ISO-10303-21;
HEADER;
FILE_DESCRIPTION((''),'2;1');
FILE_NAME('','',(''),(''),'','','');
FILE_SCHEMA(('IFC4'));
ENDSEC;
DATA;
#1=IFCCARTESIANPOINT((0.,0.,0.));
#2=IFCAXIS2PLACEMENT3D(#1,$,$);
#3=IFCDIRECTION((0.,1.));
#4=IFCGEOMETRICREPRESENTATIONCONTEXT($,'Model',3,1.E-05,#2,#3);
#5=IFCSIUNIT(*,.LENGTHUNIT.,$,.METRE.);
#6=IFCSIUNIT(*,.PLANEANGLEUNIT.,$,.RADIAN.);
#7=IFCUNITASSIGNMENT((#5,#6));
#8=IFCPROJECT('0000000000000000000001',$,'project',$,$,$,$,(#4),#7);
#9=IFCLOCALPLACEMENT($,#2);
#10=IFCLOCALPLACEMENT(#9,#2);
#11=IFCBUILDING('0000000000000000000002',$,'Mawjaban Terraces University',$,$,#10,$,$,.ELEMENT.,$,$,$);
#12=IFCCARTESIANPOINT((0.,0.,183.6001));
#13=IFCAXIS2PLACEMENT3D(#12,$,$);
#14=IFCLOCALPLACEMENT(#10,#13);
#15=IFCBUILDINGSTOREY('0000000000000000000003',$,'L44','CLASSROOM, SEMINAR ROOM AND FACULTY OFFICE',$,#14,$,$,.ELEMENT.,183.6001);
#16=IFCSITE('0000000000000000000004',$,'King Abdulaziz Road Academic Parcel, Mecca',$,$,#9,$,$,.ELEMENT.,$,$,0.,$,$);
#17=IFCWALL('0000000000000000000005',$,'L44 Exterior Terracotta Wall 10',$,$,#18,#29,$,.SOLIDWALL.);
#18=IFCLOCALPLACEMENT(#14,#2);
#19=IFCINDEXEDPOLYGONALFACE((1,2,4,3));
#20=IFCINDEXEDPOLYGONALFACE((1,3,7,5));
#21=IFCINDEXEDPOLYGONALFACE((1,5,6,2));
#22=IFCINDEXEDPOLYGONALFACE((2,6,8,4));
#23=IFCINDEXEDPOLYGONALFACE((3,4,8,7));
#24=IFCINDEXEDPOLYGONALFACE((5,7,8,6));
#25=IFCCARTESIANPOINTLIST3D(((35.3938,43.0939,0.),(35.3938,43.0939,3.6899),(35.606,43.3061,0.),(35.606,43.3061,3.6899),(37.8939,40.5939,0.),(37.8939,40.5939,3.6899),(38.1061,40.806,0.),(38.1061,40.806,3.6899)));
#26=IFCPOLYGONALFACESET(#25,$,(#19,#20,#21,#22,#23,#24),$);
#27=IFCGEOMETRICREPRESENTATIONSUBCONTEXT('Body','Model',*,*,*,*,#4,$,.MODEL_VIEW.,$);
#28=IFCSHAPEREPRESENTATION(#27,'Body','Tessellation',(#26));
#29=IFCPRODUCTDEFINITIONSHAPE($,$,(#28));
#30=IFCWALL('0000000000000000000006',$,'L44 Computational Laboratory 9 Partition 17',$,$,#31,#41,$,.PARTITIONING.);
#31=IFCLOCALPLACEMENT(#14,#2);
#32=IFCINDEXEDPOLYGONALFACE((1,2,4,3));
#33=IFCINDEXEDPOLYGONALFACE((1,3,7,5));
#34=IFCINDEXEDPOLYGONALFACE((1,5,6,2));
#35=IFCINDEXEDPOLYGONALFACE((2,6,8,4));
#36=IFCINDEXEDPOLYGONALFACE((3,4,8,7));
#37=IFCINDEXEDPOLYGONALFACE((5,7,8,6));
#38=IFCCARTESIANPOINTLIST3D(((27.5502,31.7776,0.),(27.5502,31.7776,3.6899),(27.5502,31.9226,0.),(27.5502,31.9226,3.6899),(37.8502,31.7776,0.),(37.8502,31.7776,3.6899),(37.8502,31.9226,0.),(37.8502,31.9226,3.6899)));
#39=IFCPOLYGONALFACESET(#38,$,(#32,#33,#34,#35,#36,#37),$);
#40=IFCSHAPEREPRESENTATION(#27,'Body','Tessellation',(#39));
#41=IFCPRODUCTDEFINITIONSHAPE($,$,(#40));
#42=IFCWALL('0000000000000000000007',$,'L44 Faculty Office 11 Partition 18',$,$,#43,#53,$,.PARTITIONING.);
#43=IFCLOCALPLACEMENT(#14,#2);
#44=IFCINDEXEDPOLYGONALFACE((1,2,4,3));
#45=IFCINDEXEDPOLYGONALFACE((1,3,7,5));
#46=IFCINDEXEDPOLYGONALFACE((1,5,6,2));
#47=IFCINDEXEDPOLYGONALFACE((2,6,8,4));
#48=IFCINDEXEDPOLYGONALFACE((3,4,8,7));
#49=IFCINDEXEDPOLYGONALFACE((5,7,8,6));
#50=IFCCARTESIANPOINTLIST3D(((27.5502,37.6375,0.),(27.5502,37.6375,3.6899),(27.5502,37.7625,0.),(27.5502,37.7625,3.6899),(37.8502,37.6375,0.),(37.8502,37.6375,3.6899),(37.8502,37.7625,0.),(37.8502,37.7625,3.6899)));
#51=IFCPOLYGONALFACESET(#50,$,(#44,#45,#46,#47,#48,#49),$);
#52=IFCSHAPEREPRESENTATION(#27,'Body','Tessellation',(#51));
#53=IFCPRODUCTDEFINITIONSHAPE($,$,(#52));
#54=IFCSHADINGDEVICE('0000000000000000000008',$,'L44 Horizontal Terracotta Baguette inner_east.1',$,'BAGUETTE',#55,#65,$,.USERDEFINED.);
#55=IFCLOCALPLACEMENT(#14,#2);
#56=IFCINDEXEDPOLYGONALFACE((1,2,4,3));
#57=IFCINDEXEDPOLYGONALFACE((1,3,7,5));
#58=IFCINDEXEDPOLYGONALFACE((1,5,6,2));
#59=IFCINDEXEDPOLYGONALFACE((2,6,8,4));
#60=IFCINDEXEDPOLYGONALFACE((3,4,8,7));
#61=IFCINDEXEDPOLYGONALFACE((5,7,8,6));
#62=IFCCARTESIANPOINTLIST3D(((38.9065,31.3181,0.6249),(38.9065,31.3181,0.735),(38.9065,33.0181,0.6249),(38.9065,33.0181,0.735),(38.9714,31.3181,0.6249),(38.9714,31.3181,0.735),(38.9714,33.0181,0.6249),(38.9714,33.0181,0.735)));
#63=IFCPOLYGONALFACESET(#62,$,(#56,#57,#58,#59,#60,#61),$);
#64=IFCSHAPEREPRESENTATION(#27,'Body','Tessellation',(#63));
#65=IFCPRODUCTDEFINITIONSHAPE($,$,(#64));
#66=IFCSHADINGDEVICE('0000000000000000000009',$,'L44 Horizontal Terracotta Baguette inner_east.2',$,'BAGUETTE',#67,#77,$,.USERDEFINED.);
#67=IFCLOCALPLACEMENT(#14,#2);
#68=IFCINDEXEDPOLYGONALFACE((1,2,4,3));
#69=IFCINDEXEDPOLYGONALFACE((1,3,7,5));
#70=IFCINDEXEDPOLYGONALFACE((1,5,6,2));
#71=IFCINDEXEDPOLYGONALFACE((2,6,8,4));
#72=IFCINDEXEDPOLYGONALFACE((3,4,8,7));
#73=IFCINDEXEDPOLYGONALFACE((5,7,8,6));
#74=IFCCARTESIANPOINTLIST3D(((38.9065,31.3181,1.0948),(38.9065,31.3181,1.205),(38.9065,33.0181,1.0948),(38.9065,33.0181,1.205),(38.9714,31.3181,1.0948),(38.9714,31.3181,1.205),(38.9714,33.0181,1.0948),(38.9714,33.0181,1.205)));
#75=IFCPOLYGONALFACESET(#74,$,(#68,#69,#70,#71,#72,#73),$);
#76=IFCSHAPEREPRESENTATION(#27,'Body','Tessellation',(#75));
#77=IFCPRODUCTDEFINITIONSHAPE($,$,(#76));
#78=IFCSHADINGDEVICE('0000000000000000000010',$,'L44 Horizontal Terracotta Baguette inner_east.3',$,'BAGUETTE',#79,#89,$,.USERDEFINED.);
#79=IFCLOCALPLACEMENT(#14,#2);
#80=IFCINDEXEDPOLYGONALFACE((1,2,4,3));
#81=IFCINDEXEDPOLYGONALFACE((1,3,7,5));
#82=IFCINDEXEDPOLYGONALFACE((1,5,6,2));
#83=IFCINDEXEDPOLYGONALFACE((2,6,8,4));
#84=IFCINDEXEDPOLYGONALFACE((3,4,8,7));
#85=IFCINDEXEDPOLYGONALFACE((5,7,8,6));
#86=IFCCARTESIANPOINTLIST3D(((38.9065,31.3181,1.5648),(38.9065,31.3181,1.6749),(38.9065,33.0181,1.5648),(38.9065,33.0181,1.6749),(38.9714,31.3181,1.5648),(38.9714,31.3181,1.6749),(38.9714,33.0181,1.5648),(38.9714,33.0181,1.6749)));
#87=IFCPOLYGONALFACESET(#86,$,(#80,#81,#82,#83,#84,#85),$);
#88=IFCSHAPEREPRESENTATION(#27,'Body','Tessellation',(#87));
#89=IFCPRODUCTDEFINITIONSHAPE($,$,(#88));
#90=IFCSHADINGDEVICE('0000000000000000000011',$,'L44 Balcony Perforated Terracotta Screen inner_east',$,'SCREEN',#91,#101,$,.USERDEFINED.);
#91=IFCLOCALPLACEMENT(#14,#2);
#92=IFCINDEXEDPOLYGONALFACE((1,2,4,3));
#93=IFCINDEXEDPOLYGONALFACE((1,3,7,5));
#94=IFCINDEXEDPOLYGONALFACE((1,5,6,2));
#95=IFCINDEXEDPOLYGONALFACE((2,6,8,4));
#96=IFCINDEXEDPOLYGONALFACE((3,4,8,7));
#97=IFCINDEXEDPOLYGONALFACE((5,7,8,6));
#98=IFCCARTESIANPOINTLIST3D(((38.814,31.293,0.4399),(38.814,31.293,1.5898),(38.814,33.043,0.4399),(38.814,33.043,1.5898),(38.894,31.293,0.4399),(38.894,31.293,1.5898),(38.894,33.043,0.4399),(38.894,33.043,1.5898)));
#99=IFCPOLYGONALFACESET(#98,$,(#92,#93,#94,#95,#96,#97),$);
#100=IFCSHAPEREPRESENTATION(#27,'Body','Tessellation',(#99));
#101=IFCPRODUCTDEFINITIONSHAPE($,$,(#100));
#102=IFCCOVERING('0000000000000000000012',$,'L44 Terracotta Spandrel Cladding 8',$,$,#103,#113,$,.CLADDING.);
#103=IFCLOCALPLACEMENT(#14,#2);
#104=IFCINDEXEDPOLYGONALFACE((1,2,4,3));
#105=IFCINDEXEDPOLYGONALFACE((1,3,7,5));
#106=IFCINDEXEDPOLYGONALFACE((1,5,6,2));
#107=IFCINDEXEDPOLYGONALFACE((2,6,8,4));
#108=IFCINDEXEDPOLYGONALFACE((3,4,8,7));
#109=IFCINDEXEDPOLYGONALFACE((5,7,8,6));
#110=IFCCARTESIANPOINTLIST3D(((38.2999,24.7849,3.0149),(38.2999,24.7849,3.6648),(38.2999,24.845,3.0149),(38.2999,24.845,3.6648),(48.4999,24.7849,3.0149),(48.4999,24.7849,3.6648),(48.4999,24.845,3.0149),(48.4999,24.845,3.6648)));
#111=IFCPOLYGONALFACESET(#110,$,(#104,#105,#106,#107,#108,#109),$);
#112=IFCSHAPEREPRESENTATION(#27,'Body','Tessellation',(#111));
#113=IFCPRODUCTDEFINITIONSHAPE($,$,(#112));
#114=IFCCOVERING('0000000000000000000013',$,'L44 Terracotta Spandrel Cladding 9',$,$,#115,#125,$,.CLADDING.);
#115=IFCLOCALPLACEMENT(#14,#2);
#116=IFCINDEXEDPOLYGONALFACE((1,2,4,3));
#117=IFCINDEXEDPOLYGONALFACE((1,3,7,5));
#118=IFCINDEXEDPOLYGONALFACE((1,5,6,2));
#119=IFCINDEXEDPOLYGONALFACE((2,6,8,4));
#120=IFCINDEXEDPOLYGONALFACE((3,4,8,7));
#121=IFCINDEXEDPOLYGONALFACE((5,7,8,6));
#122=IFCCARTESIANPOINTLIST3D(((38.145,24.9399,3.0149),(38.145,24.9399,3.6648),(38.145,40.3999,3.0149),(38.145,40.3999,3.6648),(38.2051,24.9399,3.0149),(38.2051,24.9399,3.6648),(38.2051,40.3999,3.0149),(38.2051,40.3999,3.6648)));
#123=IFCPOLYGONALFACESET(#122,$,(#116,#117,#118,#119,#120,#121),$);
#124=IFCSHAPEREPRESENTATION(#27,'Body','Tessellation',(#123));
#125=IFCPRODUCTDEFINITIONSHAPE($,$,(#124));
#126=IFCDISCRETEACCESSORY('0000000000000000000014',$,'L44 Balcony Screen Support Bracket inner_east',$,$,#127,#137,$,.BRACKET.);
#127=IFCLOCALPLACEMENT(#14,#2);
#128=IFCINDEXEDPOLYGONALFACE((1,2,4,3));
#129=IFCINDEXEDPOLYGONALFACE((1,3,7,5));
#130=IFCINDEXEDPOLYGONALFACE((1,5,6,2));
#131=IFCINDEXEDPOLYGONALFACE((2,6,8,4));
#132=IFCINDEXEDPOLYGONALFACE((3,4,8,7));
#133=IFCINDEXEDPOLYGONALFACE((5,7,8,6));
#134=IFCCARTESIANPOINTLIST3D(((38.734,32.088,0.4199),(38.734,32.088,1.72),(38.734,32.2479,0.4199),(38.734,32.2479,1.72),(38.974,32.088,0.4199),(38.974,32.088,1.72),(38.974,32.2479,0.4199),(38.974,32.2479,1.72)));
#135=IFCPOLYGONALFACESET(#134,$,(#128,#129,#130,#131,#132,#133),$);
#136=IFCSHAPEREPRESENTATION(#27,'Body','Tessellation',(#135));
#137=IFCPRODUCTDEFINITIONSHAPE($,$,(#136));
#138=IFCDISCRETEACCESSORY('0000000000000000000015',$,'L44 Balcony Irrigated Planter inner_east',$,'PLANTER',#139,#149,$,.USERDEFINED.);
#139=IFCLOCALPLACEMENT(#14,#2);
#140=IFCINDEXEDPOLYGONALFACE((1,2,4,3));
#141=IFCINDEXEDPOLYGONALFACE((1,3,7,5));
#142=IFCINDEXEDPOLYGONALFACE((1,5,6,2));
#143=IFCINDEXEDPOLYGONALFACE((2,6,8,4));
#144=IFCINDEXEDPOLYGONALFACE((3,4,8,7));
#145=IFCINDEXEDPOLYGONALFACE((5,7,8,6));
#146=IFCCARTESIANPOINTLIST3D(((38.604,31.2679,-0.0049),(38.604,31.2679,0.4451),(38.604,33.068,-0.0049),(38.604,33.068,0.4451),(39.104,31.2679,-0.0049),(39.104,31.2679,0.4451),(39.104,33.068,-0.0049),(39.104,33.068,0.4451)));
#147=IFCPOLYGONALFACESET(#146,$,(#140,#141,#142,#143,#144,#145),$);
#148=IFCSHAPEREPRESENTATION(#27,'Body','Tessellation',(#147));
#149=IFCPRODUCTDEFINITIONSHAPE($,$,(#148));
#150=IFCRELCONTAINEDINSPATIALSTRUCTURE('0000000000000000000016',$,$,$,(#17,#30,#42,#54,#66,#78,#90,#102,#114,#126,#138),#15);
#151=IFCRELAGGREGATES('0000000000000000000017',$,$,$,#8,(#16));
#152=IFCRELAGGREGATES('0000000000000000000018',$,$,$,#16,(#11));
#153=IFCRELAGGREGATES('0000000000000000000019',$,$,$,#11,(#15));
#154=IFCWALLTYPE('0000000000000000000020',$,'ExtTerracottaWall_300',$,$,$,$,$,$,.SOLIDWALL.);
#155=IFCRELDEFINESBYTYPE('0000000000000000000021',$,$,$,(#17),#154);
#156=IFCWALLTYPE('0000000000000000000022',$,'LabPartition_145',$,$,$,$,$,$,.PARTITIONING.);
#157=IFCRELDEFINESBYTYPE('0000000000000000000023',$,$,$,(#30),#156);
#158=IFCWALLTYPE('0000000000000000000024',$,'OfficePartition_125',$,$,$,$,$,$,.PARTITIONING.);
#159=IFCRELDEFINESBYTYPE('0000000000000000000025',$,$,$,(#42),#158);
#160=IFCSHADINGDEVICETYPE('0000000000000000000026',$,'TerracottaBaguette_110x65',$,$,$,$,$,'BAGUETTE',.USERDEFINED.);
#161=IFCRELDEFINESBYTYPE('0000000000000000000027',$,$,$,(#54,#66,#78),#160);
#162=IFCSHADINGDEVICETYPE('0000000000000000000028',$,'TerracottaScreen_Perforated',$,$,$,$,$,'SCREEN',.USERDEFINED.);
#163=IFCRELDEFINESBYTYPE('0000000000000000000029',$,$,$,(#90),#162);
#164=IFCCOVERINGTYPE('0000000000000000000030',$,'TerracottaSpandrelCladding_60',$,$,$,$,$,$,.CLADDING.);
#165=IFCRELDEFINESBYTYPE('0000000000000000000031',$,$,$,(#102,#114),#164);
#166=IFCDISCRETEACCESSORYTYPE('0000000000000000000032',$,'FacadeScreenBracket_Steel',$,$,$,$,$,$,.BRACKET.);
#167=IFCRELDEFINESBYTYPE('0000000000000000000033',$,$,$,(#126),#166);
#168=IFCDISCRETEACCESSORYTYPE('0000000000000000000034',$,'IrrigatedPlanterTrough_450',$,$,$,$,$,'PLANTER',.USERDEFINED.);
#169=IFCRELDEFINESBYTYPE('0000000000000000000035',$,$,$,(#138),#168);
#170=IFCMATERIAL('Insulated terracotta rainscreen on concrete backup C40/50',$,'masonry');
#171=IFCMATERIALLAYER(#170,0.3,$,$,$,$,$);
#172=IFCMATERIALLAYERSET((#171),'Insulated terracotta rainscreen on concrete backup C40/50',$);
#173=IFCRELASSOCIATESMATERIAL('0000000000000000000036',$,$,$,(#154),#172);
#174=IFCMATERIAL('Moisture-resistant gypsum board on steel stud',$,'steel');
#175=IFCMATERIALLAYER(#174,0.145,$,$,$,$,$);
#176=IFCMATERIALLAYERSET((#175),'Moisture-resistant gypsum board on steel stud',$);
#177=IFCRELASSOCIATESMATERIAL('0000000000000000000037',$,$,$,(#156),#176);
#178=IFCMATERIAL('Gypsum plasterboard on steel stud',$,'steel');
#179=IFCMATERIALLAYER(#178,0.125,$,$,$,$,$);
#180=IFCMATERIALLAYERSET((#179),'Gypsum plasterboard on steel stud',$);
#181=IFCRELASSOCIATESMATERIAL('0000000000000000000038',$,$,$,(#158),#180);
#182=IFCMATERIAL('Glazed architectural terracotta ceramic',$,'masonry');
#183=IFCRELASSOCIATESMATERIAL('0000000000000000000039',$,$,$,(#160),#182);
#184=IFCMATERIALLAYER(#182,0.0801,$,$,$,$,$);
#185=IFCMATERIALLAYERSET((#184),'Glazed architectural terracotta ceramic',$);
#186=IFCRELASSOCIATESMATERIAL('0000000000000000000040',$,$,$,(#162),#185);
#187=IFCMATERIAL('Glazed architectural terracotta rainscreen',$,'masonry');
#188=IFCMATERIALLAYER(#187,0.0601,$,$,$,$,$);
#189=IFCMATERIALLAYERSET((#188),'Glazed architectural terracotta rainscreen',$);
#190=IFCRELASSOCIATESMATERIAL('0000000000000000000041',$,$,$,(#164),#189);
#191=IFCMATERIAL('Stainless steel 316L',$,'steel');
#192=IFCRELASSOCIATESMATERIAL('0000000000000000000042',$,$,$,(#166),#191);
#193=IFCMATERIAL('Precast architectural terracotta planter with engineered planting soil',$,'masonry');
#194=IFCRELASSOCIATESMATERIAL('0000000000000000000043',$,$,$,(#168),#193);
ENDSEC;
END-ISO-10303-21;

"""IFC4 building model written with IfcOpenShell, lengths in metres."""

from ifc_helpers import new_model, si_unit, direction, frame, frame_2d, origin, origin_2d, place, context, subcontext, project, spatial, rectangle, extrude, material, layer, layer_set, material_profile, profile_set, type_object, element, save


model = new_model("IFC4")

# Units and contexts
model_context = context("Model", 3, precision=1e-05, world=origin(), true_north=direction((0.0, 1.0)))
body_context = subcontext(model_context, "Body", "Model", "MODEL_VIEW")
ifc_project = project(units=[si_unit("LENGTHUNIT", "METRE"), si_unit("PLANEANGLEUNIT", "RADIAN")], contexts=[model_context])

# Site, building, storey
site_placement = place(None, origin())
site = spatial("IfcSite", under=ifc_project, at=site_placement, Name="King Abdulaziz Road Academic Parcel, Mecca", CompositionType="ELEMENT", RefElevation=0.0)
building_placement = place(site_placement, origin())
building = spatial("IfcBuilding", under=site, at=building_placement, Name="Mawjaban Terraces University", CompositionType="ELEMENT")
storey_placement = place(building_placement, frame((0.0, 0.0, 183.6001)))
storey = spatial("IfcBuildingStorey", under=building, at=storey_placement, Name="L44", Description="CLASSROOM, SEMINAR ROOM AND FACULTY OFFICE", CompositionType="ELEMENT", Elevation=183.6001)

# Shared definitions
ifc_material_1 = material(Name="Insulated terracotta rainscreen on concrete backup C40/50", Category="masonry")
ifc_layer_1 = layer(ifc_material_1, 0.3)
ifc_layer_set_1 = layer_set([ifc_layer_1], Name="Insulated terracotta rainscreen on concrete backup C40/50")
wall_type_1 = type_object("IfcWallType", Name="ExtTerracottaWall_300", PredefinedType="SOLIDWALL", material=ifc_layer_set_1)

# Walls
wall_1_placement = place(storey_placement, frame((38.0, 40.7, 0.0), z_axis=(0.0, 0.0, 1.0), x_axis=(-0.707107, 0.707107, 0.0)))
element("IfcWall", 1, at=wall_1_placement, inside=storey, type_object=wall_type_1, Name="L44 Exterior Terracotta Wall 10", PredefinedType="SOLIDWALL", context=body_context, shape_type="SweptSolid", body=[
    extrude(rectangle(XDim=3.5356, YDim=0.3, at=frame_2d((1.7678, 0.0))), origin(), (0.0, 0.0, 1.0), 3.6899),
])
ifc_material_2 = material(Name="Moisture-resistant gypsum board on steel stud", Category="steel")
ifc_layer_2 = layer(ifc_material_2, 0.145)
ifc_layer_set_2 = layer_set([ifc_layer_2], Name="Moisture-resistant gypsum board on steel stud")
wall_type_2 = type_object("IfcWallType", Name="LabPartition_145", PredefinedType="PARTITIONING", material=ifc_layer_set_2)
wall_2_placement = place(storey_placement, frame((37.8501, 31.8501, 0.0), z_axis=(0.0, 0.0, 1.0), x_axis=(-1.0, 0.0, 0.0)))
element("IfcWall", 2, at=wall_2_placement, inside=storey, type_object=wall_type_2, Name="L44 Computational Laboratory 9 Partition 17", PredefinedType="PARTITIONING", context=body_context, shape_type="SweptSolid", body=[
    extrude(rectangle(XDim=10.3, YDim=0.145, at=frame_2d((5.1499, 0.0))), origin(), (0.0, 0.0, 1.0), 3.6899),
])
ifc_material_3 = material(Name="Gypsum plasterboard on steel stud", Category="steel")
ifc_layer_3 = layer(ifc_material_3, 0.125)
ifc_layer_set_3 = layer_set([ifc_layer_3], Name="Gypsum plasterboard on steel stud")
wall_type_3 = type_object("IfcWallType", Name="OfficePartition_125", PredefinedType="PARTITIONING", material=ifc_layer_set_3)
wall_3_placement = place(storey_placement, frame((37.8501, 37.7, 0.0), z_axis=(0.0, 0.0, 1.0), x_axis=(-1.0, 0.0, 0.0)))
element("IfcWall", 3, at=wall_3_placement, inside=storey, type_object=wall_type_3, Name="L44 Faculty Office 11 Partition 18", PredefinedType="PARTITIONING", context=body_context, shape_type="SweptSolid", body=[
    extrude(rectangle(XDim=10.3, YDim=0.125, at=frame_2d((5.1499, 0.0))), origin(), (0.0, 0.0, 1.0), 3.6899),
])

# Shading devices
ifc_material_4 = material(Name="Glazed architectural terracotta ceramic", Category="masonry")
ifc_material_profile_1 = material_profile(ifc_material_4, rectangle(XDim=0.0649, YDim=0.1101, at=origin_2d()), Name="TBAG110X65")
ifc_profile_set_1 = profile_set([ifc_material_profile_1], Name="Glazed architectural terracotta ceramic")
shading_device_type_1 = type_object("IfcShadingDeviceType", Name="TerracottaBaguette_110x65", ElementType="BAGUETTE", PredefinedType="USERDEFINED", material=ifc_profile_set_1)
for number, where, z_axis, x_axis, name in (
    (4, (38.939, 31.3181, 0.6799), (0.0, 1.0, 0.0), (-1.0, 0.0, 0.0), "L44 Horizontal Terracotta Baguette inner_east.1"),
    (5, (38.939, 31.3181, 1.1499), (0.0, 1.0, 0.0), (-1.0, 0.0, 0.0), "L44 Horizontal Terracotta Baguette inner_east.2"),
    (6, (38.939, 31.3181, 1.6199), (0.0, 1.0, 0.0), (-1.0, 0.0, 0.0), "L44 Horizontal Terracotta Baguette inner_east.3"),
):
    element("IfcShadingDevice", number, at=place(storey_placement, frame(where, z_axis=z_axis, x_axis=x_axis)), inside=storey, type_object=shading_device_type_1, Name=name, ObjectType="BAGUETTE", PredefinedType="USERDEFINED", context=body_context, shape_type="SweptSolid", body=[
        extrude(rectangle(XDim=0.0649, YDim=0.1101, at=origin_2d()), origin(), (0.0, 0.0, 1.0), 1.7),
    ])
ifc_layer_4 = layer(ifc_material_4, 0.0801)
ifc_layer_set_4 = layer_set([ifc_layer_4], Name="Glazed architectural terracotta ceramic")
shading_device_type_2 = type_object("IfcShadingDeviceType", Name="TerracottaScreen_Perforated", ElementType="SCREEN", PredefinedType="USERDEFINED", material=ifc_layer_set_4)
shading_device_placement = place(storey_placement, frame((38.854, 32.168, 0.4399), z_axis=(0.0, 0.0, 1.0), x_axis=(0.0, 1.0, 0.0)))
element("IfcShadingDevice", 7, at=shading_device_placement, inside=storey, type_object=shading_device_type_2, Name="L44 Balcony Perforated Terracotta Screen inner_east", ObjectType="SCREEN", PredefinedType="USERDEFINED", context=body_context, shape_type="SweptSolid", body=[
    extrude(rectangle(XDim=1.75, YDim=0.0801, at=origin_2d()), origin(), (0.0, 0.0, 1.0), 1.1499),
])

# Coverings
ifc_material_5 = material(Name="Glazed architectural terracotta rainscreen", Category="masonry")
ifc_layer_5 = layer(ifc_material_5, 0.0601)
ifc_layer_set_5 = layer_set([ifc_layer_5], Name="Glazed architectural terracotta rainscreen")
covering_type = type_object("IfcCoveringType", Name="TerracottaSpandrelCladding_60", PredefinedType="CLADDING", material=ifc_layer_set_5)
covering_1_placement = place(storey_placement, frame((43.3999, 24.8149, 3.0149), z_axis=(0.0, 0.0, 1.0), x_axis=(-1.0, 0.0, 0.0)))
element("IfcCovering", 8, at=covering_1_placement, inside=storey, type_object=covering_type, Name="L44 Terracotta Spandrel Cladding 8", PredefinedType="CLADDING", context=body_context, shape_type="SweptSolid", body=[
    extrude(rectangle(XDim=10.2, YDim=0.0601, at=origin_2d()), origin(), (0.0, 0.0, 1.0), 0.6499),
])
covering_2_placement = place(storey_placement, frame((38.175, 32.6699, 3.0149), z_axis=(0.0, 0.0, 1.0), x_axis=(0.0, 1.0, 0.0)))
element("IfcCovering", 9, at=covering_2_placement, inside=storey, type_object=covering_type, Name="L44 Terracotta Spandrel Cladding 9", PredefinedType="CLADDING", context=body_context, shape_type="SweptSolid", body=[
    extrude(rectangle(XDim=15.46, YDim=0.0601, at=origin_2d()), origin(), (0.0, 0.0, 1.0), 0.6499),
])

# Discrete accessories
ifc_material_6 = material(Name="Stainless steel 316L", Category="steel")
discrete_accessory_type_1 = type_object("IfcDiscreteAccessoryType", Name="FacadeScreenBracket_Steel", PredefinedType="BRACKET", material=ifc_material_6)
discrete_accessory_1_placement = place(storey_placement, frame((38.854, 32.168, 0.4199), z_axis=(0.0, 0.0, 1.0), x_axis=(0.0, 1.0, 0.0)))
element("IfcDiscreteAccessory", 10, at=discrete_accessory_1_placement, inside=storey, type_object=discrete_accessory_type_1, Name="L44 Balcony Screen Support Bracket inner_east", PredefinedType="BRACKET", context=body_context, shape_type="SweptSolid", body=[
    extrude(rectangle(XDim=0.1599, YDim=0.24, at=origin_2d()), origin(), (0.0, 0.0, 1.0), 1.3),
])
ifc_material_7 = material(Name="Precast architectural terracotta planter with engineered planting soil", Category="masonry")
discrete_accessory_type_2 = type_object("IfcDiscreteAccessoryType", Name="IrrigatedPlanterTrough_450", ElementType="PLANTER", PredefinedType="USERDEFINED", material=ifc_material_7)
discrete_accessory_2_placement = place(storey_placement, frame((38.854, 32.168, -0.0049), z_axis=(0.0, 0.0, 1.0), x_axis=(0.0, 1.0, 0.0)))
element("IfcDiscreteAccessory", 11, at=discrete_accessory_2_placement, inside=storey, type_object=discrete_accessory_type_2, Name="L44 Balcony Irrigated Planter inner_east", ObjectType="PLANTER", PredefinedType="USERDEFINED", context=body_context, shape_type="SweptSolid", body=[
    extrude(rectangle(XDim=1.8, YDim=0.5, at=origin_2d()), origin(), (0.0, 0.0, 1.0), 0.45),
])

save(model, "model.ifc")
